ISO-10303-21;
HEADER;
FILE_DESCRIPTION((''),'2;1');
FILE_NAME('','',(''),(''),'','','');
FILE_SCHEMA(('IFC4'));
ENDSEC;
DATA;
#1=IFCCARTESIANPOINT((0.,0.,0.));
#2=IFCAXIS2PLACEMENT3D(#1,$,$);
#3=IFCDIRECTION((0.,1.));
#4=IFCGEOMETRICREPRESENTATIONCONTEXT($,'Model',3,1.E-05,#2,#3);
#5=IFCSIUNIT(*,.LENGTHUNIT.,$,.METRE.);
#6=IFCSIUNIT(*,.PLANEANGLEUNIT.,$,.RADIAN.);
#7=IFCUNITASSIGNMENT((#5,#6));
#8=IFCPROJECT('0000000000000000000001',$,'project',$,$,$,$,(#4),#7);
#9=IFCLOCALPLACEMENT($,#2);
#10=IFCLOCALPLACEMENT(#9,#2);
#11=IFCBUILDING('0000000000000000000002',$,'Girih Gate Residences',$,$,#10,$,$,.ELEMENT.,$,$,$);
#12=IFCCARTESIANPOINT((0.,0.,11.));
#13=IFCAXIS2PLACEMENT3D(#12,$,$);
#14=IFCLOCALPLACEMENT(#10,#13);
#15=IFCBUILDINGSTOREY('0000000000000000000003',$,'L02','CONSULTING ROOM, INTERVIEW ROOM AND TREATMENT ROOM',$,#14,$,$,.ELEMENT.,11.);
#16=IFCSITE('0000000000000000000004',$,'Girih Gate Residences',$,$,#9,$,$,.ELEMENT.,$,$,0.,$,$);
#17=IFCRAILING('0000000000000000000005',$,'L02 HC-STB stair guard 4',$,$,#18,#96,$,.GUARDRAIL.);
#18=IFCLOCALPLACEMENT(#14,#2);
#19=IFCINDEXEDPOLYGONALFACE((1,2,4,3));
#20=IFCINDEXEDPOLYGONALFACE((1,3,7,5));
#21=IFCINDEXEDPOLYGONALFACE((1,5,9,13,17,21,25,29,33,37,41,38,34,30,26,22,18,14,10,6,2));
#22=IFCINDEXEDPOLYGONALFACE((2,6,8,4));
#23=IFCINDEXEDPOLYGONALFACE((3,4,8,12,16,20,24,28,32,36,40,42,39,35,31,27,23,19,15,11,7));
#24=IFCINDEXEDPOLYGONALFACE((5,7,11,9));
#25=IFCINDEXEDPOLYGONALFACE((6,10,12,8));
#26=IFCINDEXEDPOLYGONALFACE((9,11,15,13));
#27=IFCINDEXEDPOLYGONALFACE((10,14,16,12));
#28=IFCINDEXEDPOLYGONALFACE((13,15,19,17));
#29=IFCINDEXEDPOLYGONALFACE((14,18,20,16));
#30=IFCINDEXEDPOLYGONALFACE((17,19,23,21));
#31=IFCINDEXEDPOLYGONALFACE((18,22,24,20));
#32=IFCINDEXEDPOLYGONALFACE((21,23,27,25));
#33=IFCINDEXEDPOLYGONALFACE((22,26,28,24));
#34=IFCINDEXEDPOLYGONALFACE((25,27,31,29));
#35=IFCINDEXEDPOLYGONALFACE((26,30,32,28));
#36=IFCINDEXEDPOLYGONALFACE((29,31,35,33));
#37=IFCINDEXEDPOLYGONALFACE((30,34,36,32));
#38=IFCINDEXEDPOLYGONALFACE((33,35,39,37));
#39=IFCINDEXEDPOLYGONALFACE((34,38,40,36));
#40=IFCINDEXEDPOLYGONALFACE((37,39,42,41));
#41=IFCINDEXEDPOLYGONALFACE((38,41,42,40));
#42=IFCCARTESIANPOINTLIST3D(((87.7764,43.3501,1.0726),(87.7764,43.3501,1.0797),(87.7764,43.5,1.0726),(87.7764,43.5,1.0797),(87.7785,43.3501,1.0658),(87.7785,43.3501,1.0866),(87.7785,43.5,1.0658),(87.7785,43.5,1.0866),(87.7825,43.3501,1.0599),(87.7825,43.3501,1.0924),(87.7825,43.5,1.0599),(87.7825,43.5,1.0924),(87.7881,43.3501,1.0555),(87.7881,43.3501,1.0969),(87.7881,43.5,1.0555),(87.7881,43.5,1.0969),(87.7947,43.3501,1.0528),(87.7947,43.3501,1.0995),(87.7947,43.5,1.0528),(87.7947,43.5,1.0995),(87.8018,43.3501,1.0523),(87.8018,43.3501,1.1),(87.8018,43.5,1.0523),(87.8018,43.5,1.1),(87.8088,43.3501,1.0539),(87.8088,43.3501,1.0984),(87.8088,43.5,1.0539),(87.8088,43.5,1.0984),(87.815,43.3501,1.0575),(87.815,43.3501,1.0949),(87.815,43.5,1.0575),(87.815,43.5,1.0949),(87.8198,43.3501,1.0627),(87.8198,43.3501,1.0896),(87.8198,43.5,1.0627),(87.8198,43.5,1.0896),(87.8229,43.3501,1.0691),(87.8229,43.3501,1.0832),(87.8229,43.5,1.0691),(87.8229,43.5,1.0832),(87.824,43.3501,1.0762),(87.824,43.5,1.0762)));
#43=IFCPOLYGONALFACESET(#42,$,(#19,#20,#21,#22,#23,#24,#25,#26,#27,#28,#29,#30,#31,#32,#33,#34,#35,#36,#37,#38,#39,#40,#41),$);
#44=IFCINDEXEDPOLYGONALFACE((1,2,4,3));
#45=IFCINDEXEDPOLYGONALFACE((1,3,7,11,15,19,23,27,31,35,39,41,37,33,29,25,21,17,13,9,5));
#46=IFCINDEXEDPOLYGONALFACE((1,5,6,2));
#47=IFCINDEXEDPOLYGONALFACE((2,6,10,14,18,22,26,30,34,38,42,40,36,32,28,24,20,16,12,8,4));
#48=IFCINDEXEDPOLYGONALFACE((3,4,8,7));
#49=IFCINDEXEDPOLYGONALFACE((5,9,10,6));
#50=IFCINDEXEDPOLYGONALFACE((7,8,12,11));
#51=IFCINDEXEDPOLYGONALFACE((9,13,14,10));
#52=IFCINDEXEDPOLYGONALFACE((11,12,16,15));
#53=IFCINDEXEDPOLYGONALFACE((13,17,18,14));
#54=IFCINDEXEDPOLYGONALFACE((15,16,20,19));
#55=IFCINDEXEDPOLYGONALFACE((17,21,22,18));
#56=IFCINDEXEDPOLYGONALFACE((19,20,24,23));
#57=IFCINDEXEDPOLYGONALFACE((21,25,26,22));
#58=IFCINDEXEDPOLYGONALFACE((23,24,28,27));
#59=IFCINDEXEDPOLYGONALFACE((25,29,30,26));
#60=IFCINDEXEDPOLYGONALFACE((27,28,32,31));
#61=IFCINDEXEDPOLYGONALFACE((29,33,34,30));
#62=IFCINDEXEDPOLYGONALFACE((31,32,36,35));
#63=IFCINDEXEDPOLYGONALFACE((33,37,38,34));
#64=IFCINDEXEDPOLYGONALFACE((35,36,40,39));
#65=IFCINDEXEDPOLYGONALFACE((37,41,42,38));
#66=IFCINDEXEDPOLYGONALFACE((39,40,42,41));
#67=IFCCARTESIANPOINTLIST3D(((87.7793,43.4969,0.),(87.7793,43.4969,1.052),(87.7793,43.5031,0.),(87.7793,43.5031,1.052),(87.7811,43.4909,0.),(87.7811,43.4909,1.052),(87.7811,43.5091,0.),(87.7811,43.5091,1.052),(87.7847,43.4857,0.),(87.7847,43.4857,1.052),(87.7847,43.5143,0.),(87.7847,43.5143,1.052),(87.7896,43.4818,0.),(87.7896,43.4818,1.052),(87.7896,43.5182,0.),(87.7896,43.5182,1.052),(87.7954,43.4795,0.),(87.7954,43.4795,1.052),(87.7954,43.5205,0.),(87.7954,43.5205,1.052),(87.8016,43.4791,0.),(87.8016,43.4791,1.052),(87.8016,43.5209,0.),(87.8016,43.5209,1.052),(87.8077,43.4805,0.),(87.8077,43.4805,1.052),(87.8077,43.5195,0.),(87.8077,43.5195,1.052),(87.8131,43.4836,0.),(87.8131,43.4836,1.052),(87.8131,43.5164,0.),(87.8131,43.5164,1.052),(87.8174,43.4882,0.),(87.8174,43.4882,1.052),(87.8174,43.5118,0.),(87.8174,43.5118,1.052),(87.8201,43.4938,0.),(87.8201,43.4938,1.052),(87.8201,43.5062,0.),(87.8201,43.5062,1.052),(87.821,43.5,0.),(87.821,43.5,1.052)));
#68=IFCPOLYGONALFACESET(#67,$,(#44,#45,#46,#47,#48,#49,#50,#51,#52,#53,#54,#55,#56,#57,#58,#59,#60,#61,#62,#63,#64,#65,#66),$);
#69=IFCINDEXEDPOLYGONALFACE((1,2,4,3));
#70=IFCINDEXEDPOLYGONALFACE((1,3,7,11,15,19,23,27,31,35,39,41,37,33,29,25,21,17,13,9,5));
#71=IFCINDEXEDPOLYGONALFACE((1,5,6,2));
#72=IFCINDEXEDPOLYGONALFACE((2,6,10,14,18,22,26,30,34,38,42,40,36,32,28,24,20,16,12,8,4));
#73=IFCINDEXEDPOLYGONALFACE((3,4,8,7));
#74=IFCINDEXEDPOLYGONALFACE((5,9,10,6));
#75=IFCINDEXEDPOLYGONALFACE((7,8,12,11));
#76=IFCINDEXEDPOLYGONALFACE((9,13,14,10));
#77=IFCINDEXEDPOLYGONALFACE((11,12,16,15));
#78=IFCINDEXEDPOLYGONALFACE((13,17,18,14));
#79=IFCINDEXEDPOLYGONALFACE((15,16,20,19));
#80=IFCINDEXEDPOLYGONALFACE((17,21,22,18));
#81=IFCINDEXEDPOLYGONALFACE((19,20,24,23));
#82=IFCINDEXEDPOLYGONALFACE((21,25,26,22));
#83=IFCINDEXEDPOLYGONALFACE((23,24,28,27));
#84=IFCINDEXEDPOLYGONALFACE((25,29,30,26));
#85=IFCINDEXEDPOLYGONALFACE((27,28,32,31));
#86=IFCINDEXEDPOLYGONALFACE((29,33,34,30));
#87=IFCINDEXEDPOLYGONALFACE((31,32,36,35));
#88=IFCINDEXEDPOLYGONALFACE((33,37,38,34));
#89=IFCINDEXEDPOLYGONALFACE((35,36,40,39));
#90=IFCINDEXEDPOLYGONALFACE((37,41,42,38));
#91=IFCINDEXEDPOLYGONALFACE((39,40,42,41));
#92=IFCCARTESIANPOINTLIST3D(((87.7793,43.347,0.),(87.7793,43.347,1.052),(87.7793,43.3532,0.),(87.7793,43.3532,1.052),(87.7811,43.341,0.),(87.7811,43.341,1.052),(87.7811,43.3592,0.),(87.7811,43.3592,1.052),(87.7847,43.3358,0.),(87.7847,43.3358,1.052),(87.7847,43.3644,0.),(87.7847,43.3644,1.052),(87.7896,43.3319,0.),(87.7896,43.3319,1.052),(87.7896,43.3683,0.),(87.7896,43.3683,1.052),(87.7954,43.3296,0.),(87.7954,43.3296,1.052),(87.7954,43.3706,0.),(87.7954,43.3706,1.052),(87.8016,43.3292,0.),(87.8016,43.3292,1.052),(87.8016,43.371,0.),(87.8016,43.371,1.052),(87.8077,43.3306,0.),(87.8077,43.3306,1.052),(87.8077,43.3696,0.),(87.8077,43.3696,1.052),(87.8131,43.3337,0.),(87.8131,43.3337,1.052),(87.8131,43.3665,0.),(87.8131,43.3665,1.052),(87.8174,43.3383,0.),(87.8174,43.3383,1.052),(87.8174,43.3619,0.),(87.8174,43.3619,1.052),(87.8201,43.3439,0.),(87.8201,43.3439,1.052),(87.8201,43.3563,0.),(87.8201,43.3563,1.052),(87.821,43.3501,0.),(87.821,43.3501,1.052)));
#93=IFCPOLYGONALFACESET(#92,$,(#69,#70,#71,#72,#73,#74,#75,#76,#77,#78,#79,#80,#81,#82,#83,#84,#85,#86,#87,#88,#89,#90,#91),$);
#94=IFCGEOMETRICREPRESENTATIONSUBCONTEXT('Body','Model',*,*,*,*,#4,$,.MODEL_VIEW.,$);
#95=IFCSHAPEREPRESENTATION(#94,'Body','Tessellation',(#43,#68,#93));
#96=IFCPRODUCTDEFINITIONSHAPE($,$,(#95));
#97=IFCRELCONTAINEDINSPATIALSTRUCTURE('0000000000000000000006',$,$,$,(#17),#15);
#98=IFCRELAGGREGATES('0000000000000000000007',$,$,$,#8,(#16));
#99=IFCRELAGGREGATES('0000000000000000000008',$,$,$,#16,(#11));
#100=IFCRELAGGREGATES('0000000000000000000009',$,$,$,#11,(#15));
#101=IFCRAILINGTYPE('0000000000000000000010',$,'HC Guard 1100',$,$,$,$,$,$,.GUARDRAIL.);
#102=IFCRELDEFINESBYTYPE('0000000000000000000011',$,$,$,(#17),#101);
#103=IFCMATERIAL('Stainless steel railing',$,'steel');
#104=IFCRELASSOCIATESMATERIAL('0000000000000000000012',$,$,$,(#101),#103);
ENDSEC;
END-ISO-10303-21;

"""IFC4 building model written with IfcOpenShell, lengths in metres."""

from ifc_helpers import new_model, si_unit, direction, frame, origin, origin_2d, place, context, subcontext, project, spatial, circle, extrude, material, type_object, element, save


model = new_model("IFC4")

# Units and contexts
model_context = context("Model", 3, precision=1e-05, world=origin(), true_north=direction((0.0, 1.0)))
body_context = subcontext(model_context, "Body", "Model", "MODEL_VIEW")
ifc_project = project(units=[si_unit("LENGTHUNIT", "METRE"), si_unit("PLANEANGLEUNIT", "RADIAN")], contexts=[model_context])

# Site, building, storey
site_placement = place(None, origin())
site = spatial("IfcSite", under=ifc_project, at=site_placement, Name="Girih Gate Residences", CompositionType="ELEMENT", RefElevation=0.0)
building_placement = place(site_placement, origin())
building = spatial("IfcBuilding", under=site, at=building_placement, Name="Girih Gate Residences", CompositionType="ELEMENT")
storey_placement = place(building_placement, frame((0.0, 0.0, 11.0)))
storey = spatial("IfcBuildingStorey", under=building, at=storey_placement, Name="L02", Description="CONSULTING ROOM, INTERVIEW ROOM AND TREATMENT ROOM", CompositionType="ELEMENT", Elevation=11.0)

# Railing
ifc_material_1 = material(Name="Stainless steel railing", Category="steel")
railing_type_1 = type_object("IfcRailingType", Name="HC Guard 1100", PredefinedType="GUARDRAIL", material=ifc_material_1)
railing_1_placement = place(storey_placement, frame((87.8, 43.5, 0.0)))
element("IfcRailing", 1, at=railing_1_placement, inside=storey, type_object=railing_type_1, Name="L02 HC-STB stair guard 4", PredefinedType="GUARDRAIL", context=body_context, shape_type="SweptSolid", body=[
    extrude(circle(Radius=0.0239, at=origin_2d()), frame((0.0, 0.0, 1.0762), z_axis=(0.0, -1.0, 0.0), x_axis=(1.0, 0.0, 0.0)), (0.0, 0.0, 1.0), 0.1499),
    extrude(circle(Radius=0.021, at=origin_2d()), origin(), (0.0, 0.0, 1.0), 1.052),
    extrude(circle(Radius=0.021, at=origin_2d()), frame((0.0, -0.1499, 0.0)), (0.0, 0.0, 1.0), 1.052),
])

save(model, "model.ifc")
